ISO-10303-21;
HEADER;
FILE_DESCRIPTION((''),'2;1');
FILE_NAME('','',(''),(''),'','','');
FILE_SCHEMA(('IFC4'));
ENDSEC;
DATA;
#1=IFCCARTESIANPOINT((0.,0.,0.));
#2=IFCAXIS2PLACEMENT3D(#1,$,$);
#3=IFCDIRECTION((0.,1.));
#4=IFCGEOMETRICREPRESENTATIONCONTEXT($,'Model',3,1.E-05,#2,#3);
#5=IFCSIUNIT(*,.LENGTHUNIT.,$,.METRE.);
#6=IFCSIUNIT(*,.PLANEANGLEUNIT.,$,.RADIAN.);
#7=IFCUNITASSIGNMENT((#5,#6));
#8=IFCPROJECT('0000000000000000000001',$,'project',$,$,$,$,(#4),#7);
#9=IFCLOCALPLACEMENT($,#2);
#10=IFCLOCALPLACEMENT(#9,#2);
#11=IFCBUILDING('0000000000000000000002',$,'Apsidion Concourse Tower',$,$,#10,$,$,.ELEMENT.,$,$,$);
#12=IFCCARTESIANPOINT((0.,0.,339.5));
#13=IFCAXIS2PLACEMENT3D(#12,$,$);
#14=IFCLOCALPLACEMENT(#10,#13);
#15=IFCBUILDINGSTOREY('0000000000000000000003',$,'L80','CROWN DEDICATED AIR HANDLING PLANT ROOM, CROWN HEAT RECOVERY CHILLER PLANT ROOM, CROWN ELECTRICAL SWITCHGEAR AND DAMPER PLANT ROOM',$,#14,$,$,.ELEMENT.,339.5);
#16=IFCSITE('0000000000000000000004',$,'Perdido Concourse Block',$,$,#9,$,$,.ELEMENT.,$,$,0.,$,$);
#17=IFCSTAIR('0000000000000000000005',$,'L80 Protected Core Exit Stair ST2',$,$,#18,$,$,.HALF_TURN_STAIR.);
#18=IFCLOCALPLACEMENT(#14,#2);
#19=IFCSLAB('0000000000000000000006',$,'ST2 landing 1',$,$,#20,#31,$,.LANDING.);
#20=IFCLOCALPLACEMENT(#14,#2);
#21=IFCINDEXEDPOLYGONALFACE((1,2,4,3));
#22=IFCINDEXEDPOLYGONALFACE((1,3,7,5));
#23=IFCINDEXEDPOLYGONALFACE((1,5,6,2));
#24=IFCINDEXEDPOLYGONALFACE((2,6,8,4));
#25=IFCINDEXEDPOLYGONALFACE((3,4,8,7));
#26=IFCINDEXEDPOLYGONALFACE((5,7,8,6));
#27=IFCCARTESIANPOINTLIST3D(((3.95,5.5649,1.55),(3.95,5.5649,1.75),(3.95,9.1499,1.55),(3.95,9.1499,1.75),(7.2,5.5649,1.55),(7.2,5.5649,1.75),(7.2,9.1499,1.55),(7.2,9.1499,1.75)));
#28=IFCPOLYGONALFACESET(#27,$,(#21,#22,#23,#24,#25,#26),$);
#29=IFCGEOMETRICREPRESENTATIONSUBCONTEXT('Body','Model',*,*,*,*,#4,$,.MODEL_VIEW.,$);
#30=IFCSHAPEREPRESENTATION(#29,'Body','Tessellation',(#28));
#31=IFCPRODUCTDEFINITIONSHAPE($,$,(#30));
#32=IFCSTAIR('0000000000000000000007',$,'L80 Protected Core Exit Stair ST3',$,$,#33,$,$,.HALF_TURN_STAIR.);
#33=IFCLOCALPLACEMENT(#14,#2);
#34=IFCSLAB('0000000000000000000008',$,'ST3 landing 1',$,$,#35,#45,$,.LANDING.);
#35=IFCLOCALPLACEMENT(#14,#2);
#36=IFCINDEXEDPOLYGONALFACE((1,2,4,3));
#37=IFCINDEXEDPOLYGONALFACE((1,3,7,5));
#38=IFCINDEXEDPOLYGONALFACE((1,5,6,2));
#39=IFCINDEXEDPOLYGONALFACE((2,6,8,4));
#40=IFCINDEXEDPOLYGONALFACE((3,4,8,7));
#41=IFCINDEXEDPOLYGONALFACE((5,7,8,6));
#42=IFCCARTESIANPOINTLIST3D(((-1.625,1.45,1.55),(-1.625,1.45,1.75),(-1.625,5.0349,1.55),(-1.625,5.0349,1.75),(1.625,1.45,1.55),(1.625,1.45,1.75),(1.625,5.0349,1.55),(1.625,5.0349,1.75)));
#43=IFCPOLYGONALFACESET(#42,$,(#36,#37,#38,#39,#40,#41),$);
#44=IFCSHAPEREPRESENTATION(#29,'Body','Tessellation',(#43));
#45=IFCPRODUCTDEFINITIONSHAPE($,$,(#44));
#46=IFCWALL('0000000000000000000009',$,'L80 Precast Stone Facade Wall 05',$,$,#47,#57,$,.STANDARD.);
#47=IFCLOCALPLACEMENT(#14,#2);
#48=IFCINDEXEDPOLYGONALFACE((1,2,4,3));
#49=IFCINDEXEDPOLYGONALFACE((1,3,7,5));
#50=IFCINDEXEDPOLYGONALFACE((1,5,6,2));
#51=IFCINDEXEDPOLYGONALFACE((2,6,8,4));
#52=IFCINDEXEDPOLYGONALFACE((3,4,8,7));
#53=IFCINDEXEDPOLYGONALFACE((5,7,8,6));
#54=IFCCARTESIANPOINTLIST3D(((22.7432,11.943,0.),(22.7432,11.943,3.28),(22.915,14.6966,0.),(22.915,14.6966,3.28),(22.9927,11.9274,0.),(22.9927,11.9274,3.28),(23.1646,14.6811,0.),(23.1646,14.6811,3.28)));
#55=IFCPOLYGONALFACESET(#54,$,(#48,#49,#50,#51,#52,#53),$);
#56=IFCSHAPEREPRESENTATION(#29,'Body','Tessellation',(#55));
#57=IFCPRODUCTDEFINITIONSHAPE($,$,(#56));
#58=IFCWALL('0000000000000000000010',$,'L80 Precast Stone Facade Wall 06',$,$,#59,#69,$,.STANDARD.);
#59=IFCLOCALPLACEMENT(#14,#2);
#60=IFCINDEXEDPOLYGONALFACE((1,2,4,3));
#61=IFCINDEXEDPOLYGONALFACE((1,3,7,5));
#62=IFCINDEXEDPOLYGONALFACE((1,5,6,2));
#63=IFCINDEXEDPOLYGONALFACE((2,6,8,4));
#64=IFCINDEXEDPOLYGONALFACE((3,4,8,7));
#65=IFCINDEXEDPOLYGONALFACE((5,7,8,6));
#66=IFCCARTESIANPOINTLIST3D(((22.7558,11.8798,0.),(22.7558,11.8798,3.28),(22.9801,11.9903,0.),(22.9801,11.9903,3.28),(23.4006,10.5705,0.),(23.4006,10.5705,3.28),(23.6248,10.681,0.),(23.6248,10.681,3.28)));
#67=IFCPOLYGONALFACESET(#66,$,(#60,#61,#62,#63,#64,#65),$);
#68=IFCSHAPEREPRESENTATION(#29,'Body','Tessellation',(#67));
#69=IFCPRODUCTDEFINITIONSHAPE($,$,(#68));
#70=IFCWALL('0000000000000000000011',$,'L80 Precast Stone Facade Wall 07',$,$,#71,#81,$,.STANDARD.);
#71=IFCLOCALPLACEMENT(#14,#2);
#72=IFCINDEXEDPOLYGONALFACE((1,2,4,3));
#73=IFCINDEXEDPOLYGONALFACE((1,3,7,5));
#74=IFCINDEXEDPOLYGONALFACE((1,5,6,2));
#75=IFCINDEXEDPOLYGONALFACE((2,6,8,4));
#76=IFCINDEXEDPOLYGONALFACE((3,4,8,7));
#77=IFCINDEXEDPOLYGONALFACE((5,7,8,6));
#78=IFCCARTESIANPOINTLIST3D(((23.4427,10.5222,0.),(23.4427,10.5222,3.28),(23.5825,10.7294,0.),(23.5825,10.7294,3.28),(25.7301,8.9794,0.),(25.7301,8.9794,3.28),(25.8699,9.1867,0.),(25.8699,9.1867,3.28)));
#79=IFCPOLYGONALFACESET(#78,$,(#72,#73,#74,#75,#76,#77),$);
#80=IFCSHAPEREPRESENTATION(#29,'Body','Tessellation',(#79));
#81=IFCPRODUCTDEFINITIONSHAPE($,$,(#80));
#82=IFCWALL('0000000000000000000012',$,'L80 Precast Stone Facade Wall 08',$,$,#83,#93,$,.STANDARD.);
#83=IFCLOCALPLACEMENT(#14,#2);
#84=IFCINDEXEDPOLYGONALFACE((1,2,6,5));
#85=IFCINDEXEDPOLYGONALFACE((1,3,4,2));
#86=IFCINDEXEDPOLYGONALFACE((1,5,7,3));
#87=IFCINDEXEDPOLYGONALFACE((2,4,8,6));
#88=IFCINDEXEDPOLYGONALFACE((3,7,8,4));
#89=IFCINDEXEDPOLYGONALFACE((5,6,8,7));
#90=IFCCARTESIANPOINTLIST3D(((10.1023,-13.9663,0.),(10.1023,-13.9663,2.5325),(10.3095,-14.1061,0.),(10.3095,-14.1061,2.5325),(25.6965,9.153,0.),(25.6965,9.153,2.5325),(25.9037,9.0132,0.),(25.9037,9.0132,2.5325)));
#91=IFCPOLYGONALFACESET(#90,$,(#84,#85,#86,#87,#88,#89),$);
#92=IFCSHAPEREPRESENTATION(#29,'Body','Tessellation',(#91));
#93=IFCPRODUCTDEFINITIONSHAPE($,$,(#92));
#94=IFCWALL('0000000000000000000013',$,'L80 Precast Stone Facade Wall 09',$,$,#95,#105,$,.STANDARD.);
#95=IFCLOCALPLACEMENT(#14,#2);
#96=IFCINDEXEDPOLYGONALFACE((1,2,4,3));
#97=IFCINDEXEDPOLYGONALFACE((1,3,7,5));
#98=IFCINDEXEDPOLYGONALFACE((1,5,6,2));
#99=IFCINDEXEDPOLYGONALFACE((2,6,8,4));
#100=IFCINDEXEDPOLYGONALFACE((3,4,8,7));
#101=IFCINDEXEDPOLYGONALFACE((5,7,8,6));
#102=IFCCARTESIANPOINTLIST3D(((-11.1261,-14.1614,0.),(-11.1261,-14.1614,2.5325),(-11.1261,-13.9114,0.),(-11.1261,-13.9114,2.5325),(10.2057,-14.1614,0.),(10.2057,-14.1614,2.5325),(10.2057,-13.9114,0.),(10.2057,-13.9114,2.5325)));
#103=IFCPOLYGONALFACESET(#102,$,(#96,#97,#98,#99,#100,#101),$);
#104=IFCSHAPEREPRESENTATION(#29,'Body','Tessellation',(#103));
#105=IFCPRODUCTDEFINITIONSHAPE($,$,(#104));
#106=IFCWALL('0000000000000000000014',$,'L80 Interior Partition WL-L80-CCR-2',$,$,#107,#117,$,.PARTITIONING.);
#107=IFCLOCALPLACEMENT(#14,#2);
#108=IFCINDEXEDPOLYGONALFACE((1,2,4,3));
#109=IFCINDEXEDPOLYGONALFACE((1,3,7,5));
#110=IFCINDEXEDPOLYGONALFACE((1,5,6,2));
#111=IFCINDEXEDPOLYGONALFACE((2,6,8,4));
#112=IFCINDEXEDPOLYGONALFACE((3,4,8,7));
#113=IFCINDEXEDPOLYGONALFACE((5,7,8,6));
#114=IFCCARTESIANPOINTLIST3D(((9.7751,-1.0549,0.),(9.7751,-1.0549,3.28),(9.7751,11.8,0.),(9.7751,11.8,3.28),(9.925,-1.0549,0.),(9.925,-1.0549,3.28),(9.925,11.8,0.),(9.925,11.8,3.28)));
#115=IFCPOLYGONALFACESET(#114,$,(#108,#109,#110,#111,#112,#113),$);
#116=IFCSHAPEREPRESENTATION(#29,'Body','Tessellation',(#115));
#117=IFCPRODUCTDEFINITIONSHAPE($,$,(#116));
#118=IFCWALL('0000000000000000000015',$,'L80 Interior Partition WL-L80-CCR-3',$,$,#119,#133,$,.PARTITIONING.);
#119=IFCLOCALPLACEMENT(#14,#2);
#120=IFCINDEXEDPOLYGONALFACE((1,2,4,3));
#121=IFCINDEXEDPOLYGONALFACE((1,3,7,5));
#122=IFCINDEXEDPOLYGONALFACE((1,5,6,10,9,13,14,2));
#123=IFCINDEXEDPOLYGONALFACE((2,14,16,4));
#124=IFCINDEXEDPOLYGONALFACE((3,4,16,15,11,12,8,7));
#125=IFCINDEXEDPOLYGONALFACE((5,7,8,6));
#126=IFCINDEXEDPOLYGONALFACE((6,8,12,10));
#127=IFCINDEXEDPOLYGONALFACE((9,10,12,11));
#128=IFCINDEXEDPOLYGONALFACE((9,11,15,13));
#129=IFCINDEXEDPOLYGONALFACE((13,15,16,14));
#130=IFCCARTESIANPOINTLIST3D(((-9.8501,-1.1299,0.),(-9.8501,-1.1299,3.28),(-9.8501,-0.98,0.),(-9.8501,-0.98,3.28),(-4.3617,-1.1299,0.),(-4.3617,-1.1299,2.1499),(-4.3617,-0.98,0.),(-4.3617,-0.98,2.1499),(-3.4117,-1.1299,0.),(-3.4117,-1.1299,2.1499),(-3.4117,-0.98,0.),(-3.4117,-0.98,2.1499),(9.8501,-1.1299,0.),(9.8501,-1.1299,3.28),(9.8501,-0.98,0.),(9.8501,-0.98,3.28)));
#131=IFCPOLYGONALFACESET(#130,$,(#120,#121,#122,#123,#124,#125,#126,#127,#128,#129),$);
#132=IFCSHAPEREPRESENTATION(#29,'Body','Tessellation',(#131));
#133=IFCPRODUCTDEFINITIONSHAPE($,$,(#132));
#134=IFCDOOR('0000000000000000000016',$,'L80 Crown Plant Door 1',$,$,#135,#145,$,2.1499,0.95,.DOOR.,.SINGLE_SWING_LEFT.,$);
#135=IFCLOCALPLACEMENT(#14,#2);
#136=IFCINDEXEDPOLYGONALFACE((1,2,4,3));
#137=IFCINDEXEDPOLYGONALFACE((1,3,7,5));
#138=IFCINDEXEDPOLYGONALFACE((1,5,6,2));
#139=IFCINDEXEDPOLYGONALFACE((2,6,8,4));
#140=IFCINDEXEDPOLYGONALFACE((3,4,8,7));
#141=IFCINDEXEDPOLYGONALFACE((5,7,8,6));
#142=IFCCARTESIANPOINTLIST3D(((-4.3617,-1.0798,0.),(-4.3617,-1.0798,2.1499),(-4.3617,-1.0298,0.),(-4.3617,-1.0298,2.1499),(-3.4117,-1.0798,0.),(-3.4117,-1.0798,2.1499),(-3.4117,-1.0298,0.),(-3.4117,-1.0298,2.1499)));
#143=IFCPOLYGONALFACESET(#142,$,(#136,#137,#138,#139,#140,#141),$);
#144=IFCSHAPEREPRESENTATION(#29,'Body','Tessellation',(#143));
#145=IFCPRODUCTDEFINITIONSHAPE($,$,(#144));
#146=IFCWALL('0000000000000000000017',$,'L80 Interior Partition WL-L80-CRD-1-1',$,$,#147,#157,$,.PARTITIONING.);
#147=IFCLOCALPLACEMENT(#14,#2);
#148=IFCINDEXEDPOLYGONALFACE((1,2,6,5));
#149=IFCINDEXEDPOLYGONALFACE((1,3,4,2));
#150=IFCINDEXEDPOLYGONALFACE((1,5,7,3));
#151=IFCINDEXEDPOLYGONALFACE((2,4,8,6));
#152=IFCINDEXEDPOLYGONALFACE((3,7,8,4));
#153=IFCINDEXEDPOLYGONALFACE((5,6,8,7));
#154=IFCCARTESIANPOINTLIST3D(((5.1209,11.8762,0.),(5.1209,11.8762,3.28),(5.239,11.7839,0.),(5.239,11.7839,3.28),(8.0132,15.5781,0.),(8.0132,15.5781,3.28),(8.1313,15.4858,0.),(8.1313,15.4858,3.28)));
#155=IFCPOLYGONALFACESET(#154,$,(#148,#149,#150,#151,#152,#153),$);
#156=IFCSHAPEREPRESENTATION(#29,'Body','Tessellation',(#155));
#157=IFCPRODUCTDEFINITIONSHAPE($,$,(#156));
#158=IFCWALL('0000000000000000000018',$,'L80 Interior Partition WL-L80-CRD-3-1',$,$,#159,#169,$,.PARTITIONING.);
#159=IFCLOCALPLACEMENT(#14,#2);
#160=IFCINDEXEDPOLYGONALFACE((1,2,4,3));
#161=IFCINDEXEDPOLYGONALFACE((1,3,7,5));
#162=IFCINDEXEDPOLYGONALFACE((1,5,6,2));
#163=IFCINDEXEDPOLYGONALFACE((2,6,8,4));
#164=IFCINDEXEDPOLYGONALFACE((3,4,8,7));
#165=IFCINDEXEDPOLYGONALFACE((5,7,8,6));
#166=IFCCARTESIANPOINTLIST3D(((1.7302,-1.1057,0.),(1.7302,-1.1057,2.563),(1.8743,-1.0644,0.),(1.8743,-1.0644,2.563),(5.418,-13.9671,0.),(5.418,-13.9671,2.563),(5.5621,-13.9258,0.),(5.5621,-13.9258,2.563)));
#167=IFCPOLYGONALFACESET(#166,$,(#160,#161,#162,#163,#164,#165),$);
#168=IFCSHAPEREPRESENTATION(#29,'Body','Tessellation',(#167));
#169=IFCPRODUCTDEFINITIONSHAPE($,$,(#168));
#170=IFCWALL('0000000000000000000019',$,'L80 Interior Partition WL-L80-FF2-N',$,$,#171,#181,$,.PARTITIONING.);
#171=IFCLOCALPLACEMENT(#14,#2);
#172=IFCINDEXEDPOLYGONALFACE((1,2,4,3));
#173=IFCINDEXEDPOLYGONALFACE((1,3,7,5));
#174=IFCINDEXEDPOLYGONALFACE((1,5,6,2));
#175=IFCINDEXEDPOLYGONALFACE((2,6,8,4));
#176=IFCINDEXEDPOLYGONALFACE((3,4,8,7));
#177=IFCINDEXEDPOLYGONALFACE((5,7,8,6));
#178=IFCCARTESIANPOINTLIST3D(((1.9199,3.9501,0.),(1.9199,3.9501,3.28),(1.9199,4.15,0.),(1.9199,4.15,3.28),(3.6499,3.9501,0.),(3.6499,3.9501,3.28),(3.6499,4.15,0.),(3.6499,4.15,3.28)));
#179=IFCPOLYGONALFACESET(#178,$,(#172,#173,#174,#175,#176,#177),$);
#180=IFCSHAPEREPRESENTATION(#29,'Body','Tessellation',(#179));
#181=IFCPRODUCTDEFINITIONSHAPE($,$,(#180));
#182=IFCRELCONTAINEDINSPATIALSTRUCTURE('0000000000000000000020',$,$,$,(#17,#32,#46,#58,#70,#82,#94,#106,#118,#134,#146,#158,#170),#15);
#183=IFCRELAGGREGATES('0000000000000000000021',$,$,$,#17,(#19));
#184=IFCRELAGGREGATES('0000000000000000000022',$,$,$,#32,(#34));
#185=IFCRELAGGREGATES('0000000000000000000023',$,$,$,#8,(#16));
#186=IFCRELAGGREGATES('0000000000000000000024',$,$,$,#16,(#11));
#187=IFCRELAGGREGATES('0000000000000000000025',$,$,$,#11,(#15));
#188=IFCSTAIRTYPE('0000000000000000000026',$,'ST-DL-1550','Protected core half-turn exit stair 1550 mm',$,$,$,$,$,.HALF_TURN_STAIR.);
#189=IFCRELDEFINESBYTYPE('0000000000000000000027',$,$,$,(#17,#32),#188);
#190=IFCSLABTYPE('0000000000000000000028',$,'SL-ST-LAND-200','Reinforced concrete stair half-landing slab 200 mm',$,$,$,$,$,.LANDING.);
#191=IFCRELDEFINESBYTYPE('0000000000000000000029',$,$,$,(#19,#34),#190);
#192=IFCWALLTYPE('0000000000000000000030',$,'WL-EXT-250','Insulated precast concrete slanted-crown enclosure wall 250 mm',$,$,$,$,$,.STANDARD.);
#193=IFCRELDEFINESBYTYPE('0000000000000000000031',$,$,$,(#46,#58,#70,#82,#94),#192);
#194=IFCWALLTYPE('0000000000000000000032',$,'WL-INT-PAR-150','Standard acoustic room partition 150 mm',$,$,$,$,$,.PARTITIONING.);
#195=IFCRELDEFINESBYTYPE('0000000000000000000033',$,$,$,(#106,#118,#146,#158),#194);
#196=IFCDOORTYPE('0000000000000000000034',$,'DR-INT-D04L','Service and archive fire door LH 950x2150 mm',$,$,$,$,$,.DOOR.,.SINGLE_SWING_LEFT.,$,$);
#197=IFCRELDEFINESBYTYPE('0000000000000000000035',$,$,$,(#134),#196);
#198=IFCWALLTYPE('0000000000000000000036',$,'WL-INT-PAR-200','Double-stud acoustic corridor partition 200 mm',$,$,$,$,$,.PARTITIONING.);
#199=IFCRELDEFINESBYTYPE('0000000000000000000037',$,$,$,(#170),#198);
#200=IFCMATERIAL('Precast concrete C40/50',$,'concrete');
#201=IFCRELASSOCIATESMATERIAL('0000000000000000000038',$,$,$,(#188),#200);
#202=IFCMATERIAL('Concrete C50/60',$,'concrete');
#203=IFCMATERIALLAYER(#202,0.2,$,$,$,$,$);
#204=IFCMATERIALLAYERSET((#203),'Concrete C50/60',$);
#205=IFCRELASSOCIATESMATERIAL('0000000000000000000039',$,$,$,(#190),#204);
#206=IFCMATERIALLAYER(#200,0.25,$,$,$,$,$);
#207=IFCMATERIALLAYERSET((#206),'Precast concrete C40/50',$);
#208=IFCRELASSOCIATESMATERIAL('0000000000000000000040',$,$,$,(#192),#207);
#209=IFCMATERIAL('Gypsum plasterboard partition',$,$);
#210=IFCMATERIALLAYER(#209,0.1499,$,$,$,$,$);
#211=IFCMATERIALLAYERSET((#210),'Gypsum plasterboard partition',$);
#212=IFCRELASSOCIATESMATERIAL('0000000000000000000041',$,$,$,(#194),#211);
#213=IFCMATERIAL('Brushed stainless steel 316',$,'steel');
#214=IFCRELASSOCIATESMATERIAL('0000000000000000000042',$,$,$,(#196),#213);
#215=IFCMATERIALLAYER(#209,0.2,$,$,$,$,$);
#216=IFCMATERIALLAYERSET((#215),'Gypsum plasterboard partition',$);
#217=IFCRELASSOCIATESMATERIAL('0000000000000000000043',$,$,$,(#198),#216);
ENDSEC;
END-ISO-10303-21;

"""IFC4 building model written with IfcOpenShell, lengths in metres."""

from ifc_helpers import new_model, si_unit, direction, frame, frame_2d, origin, place, context, subcontext, project, spatial, polyline, rectangle, outline, extrude, material, layer, layer_set, type_object, element, fill, aggregate, save


model = new_model("IFC4")

# Units and contexts
model_context = context("Model", 3, precision=1e-05, world=origin(), true_north=direction((0.0, 1.0)))
body_context = subcontext(model_context, "Body", "Model", "MODEL_VIEW")
ifc_project = project(units=[si_unit("LENGTHUNIT", "METRE"), si_unit("PLANEANGLEUNIT", "RADIAN")], contexts=[model_context])

# Site, building, storey
site_placement = place(None, origin())
site = spatial("IfcSite", under=ifc_project, at=site_placement, Name="Perdido Concourse Block", CompositionType="ELEMENT", RefElevation=0.0)
building_placement = place(site_placement, origin())
building = spatial("IfcBuilding", under=site, at=building_placement, Name="Apsidion Concourse Tower", CompositionType="ELEMENT")
storey_placement = place(building_placement, frame((0.0, 0.0, 339.5)))
storey = spatial("IfcBuildingStorey", under=building, at=storey_placement, Name="L80", Description="CROWN DEDICATED AIR HANDLING PLANT ROOM, CROWN HEAT RECOVERY CHILLER PLANT ROOM, CROWN ELECTRICAL SWITCHGEAR AND DAMPER PLANT ROOM", CompositionType="ELEMENT", Elevation=339.5)

# Shared definitions
ifc_material_1 = material(Name="Concrete C50/60", Category="concrete")

# Stairs, slabs
ifc_material_2 = material(Name="Precast concrete C40/50", Category="concrete")
stair_type = type_object("IfcStairType", Name="ST-DL-1550", Description="Protected core half-turn exit stair 1550 mm", PredefinedType="HALF_TURN_STAIR", material=ifc_material_2)
ifc_layer_1 = layer(ifc_material_1, 0.2)
ifc_layer_set_1 = layer_set([ifc_layer_1], Name="Concrete C50/60")
slab_type = type_object("IfcSlabType", Name="SL-ST-LAND-200", Description="Reinforced concrete stair half-landing slab 200 mm", PredefinedType="LANDING", material=ifc_layer_set_1)
stair_1_placement = place(storey_placement, origin())
stair_1 = element("IfcStair", 1, at=stair_1_placement, inside=storey, type_object=stair_type, Name="L80 Protected Core Exit Stair ST2", PredefinedType="HALF_TURN_STAIR")
slab_1_placement = place(storey_placement, frame((0.0, 0.0, 1.55)))
slab_1 = element("IfcSlab", 2, at=slab_1_placement, type_object=slab_type, Name="ST2 landing 1", PredefinedType="LANDING", context=body_context, shape_type="SweptSolid", body=[
    extrude(outline(polyline([(7.2, 5.5649), (7.2, 9.1499), (3.95, 9.1499), (3.95, 5.5649), (7.2, 5.5649)])), origin(), (0.0, 0.0, 1.0), 0.2),
])
stair_2_placement = place(storey_placement, origin())
stair_2 = element("IfcStair", 3, at=stair_2_placement, inside=storey, type_object=stair_type, Name="L80 Protected Core Exit Stair ST3", PredefinedType="HALF_TURN_STAIR")
slab_2_placement = place(storey_placement, frame((0.0, 0.0, 1.55)))
slab_2 = element("IfcSlab", 4, at=slab_2_placement, type_object=slab_type, Name="ST3 landing 1", PredefinedType="LANDING", context=body_context, shape_type="SweptSolid", body=[
    extrude(outline(polyline([(-1.625, 5.0349), (-1.625, 1.45), (1.625, 1.45), (1.625, 5.0349), (-1.625, 5.0349)])), origin(), (0.0, 0.0, 1.0), 0.2),
])

# Walls
ifc_layer_2 = layer(ifc_material_2, 0.25)
ifc_layer_set_2 = layer_set([ifc_layer_2], Name="Precast concrete C40/50")
wall_type_1 = type_object("IfcWallType", Name="WL-EXT-250", Description="Insulated precast concrete slanted-crown enclosure wall 250 mm", PredefinedType="STANDARD", material=ifc_layer_set_2)
wall_1_placement = place(storey_placement, frame((23.0398, 14.6887, 0.0), z_axis=(0.0, 0.0, 1.0), x_axis=(-0.062296, -0.998058, 0.0)))
element("IfcWall", 5, at=wall_1_placement, inside=storey, type_object=wall_type_1, Name="L80 Precast Stone Facade Wall 05", PredefinedType="STANDARD", context=body_context, shape_type="SweptSolid", body=[
    extrude(rectangle(XDim=2.759, YDim=0.25, at=frame_2d((1.3794, 0.0))), origin(), (0.0, 0.0, 1.0), 3.28),
])
wall_2_placement = place(storey_placement, frame((22.8679, 11.9351, 0.0), z_axis=(0.0, 0.0, 1.0), x_axis=(0.441786, -0.897121, 0.0)))
element("IfcWall", 6, at=wall_2_placement, inside=storey, type_object=wall_type_1, Name="L80 Precast Stone Facade Wall 06", PredefinedType="STANDARD", context=body_context, shape_type="SweptSolid", body=[
    extrude(rectangle(XDim=1.4595, YDim=0.25, at=frame_2d((0.7297, 0.0))), origin(), (0.0, 0.0, 1.0), 3.28),
])
wall_3_placement = place(storey_placement, frame((23.5127, 10.6257, 0.0), z_axis=(0.0, 0.0, 1.0), x_axis=(0.829057, -0.559164, 0.0)))
element("IfcWall", 7, at=wall_3_placement, inside=storey, type_object=wall_type_1, Name="L80 Precast Stone Facade Wall 07", PredefinedType="STANDARD", context=body_context, shape_type="SweptSolid", body=[
    extrude(rectangle(XDim=2.759, YDim=0.25, at=frame_2d((1.3794, 0.0))), origin(), (0.0, 0.0, 1.0), 3.28),
])
wall_4_placement = place(storey_placement, frame((25.8, 9.083, 0.0), z_axis=(0.0, 0.0, 1.0), x_axis=(-0.559193, -0.829037, 0.0)))
element("IfcWall", 8, at=wall_4_placement, inside=storey, type_object=wall_type_1, Name="L80 Precast Stone Facade Wall 08", PredefinedType="STANDARD", context=body_context, shape_type="SweptSolid", body=[
    extrude(rectangle(XDim=27.887, YDim=0.25, at=frame_2d((13.9434, 0.0))), origin(), (0.0, 0.0, 1.0), 2.5325),
])
wall_5_placement = place(storey_placement, frame((10.2058, -14.0364, 0.0), z_axis=(0.0, 0.0, 1.0), x_axis=(-1.0, 0.0, 0.0)))
element("IfcWall", 9, at=wall_5_placement, inside=storey, type_object=wall_type_1, Name="L80 Precast Stone Facade Wall 09", PredefinedType="STANDARD", context=body_context, shape_type="SweptSolid", body=[
    extrude(rectangle(XDim=21.3318, YDim=0.25, at=frame_2d((10.666, 0.0))), origin(), (0.0, 0.0, 1.0), 2.5325),
])
ifc_material_3 = material(Name="Gypsum plasterboard partition")
ifc_layer_3 = layer(ifc_material_3, 0.1499)
ifc_layer_set_3 = layer_set([ifc_layer_3], Name="Gypsum plasterboard partition")
wall_type_2 = type_object("IfcWallType", Name="WL-INT-PAR-150", Description="Standard acoustic room partition 150 mm", PredefinedType="PARTITIONING", material=ifc_layer_set_3)
wall_6_placement = place(storey_placement, frame((9.8501, 11.8, 0.0), z_axis=(0.0, 0.0, 1.0), x_axis=(0.0, -1.0, 0.0)))
element("IfcWall", 10, at=wall_6_placement, inside=storey, type_object=wall_type_2, Name="L80 Interior Partition WL-L80-CCR-2", PredefinedType="PARTITIONING", context=body_context, shape_type="SweptSolid", body=[
    extrude(rectangle(XDim=12.855, YDim=0.1499, at=frame_2d((6.4275, 0.0))), origin(), (0.0, 0.0, 1.0), 3.28),
])

# Wall, opening, door
wall_7_placement = place(storey_placement, frame((9.8501, -1.0549, 0.0), z_axis=(0.0, 0.0, 1.0), x_axis=(-1.0, 0.0, 0.0)))
wall_7 = element("IfcWall", 11, at=wall_7_placement, inside=storey, type_object=wall_type_2, Name="L80 Interior Partition WL-L80-CCR-3", PredefinedType="PARTITIONING", context=body_context, shape_type="SweptSolid", body=[
    extrude(rectangle(XDim=19.7002, YDim=0.1499, at=frame_2d((9.8501, 0.0))), origin(), (0.0, 0.0, 1.0), 3.28),
])
opening_placement = place(wall_7_placement, frame((13.2617, 0.0, 0.0)))
opening = element("IfcOpeningElement", 12, at=opening_placement, cuts=wall_7, PredefinedType="OPENING", context=body_context, shape_type="SweptSolid", body=[
    extrude(rectangle(XDim=0.95, YDim=2.1499, at=frame_2d((0.4751, 1.075))), frame((0.0, 0.085, 0.0), z_axis=(0.0, -1.0, 0.0), x_axis=(1.0, 0.0, 0.0)), (0.0, 0.0, 1.0), 0.1699),
])
ifc_material_4 = material(Name="Brushed stainless steel 316", Category="steel")
door_type = type_object("IfcDoorType", Name="DR-INT-D04L", Description="Service and archive fire door LH 950x2150 mm", OperationType="SINGLE_SWING_LEFT", PredefinedType="DOOR", material=ifc_material_4)
door_placement = place(opening_placement, origin())
door = element("IfcDoor", 13, at=door_placement, inside=storey, type_object=door_type, Name="L80 Crown Plant Door 1", OperationType="SINGLE_SWING_LEFT", OverallHeight=2.1499, OverallWidth=0.95, PredefinedType="DOOR", context=body_context, shape_type="SweptSolid", body=[
    extrude(rectangle(XDim=0.95, YDim=2.1499, at=frame_2d((0.4751, 1.075))), frame((0.0, 0.0249, 0.0), z_axis=(0.0, -1.0, 0.0), x_axis=(1.0, 0.0, 0.0)), (0.0, 0.0, 1.0), 0.05),
])
fill(opening, door)

# Walls
wall_8_placement = place(storey_placement, frame((5.1799, 11.8301, 0.0), z_axis=(0.0, 0.0, 1.0), x_axis=(0.615673, 0.788002, 0.0)))
element("IfcWall", 14, at=wall_8_placement, inside=storey, type_object=wall_type_2, Name="L80 Interior Partition WL-L80-CRD-1-1", PredefinedType="PARTITIONING", context=body_context, shape_type="SweptSolid", body=[
    extrude(rectangle(XDim=4.6978, YDim=0.1499, at=frame_2d((2.3489, 0.0))), origin(), (0.0, 0.0, 1.0), 3.28),
])
wall_9_placement = place(storey_placement, frame((1.8022, -1.085, 0.0), z_axis=(0.0, 0.0, 1.0), x_axis=(0.275625, -0.961265, 0.0)))
element("IfcWall", 15, at=wall_9_placement, inside=storey, type_object=wall_type_2, Name="L80 Interior Partition WL-L80-CRD-3-1", PredefinedType="PARTITIONING", context=body_context, shape_type="SweptSolid", body=[
    extrude(rectangle(XDim=13.3796, YDim=0.1499, at=frame_2d((6.6899, 0.0))), origin(), (0.0, 0.0, 1.0), 2.563),
])
ifc_layer_4 = layer(ifc_material_3, 0.2)
ifc_layer_set_4 = layer_set([ifc_layer_4], Name="Gypsum plasterboard partition")
wall_type_3 = type_object("IfcWallType", Name="WL-INT-PAR-200", Description="Double-stud acoustic corridor partition 200 mm", PredefinedType="PARTITIONING", material=ifc_layer_set_4)
wall_10_placement = place(storey_placement, frame((1.9199, 4.05, 0.0), z_axis=(0.0, 0.0, 1.0), x_axis=(1.0, 0.0, 0.0)))
element("IfcWall", 16, at=wall_10_placement, inside=storey, type_object=wall_type_3, Name="L80 Interior Partition WL-L80-FF2-N", PredefinedType="PARTITIONING", context=body_context, shape_type="SweptSolid", body=[
    extrude(rectangle(XDim=1.73, YDim=0.2, at=frame_2d((0.865, 0.0))), origin(), (0.0, 0.0, 1.0), 3.28),
])

aggregate(stair_1, [slab_1])
aggregate(stair_2, [slab_2])

save(model, "model.ifc")
